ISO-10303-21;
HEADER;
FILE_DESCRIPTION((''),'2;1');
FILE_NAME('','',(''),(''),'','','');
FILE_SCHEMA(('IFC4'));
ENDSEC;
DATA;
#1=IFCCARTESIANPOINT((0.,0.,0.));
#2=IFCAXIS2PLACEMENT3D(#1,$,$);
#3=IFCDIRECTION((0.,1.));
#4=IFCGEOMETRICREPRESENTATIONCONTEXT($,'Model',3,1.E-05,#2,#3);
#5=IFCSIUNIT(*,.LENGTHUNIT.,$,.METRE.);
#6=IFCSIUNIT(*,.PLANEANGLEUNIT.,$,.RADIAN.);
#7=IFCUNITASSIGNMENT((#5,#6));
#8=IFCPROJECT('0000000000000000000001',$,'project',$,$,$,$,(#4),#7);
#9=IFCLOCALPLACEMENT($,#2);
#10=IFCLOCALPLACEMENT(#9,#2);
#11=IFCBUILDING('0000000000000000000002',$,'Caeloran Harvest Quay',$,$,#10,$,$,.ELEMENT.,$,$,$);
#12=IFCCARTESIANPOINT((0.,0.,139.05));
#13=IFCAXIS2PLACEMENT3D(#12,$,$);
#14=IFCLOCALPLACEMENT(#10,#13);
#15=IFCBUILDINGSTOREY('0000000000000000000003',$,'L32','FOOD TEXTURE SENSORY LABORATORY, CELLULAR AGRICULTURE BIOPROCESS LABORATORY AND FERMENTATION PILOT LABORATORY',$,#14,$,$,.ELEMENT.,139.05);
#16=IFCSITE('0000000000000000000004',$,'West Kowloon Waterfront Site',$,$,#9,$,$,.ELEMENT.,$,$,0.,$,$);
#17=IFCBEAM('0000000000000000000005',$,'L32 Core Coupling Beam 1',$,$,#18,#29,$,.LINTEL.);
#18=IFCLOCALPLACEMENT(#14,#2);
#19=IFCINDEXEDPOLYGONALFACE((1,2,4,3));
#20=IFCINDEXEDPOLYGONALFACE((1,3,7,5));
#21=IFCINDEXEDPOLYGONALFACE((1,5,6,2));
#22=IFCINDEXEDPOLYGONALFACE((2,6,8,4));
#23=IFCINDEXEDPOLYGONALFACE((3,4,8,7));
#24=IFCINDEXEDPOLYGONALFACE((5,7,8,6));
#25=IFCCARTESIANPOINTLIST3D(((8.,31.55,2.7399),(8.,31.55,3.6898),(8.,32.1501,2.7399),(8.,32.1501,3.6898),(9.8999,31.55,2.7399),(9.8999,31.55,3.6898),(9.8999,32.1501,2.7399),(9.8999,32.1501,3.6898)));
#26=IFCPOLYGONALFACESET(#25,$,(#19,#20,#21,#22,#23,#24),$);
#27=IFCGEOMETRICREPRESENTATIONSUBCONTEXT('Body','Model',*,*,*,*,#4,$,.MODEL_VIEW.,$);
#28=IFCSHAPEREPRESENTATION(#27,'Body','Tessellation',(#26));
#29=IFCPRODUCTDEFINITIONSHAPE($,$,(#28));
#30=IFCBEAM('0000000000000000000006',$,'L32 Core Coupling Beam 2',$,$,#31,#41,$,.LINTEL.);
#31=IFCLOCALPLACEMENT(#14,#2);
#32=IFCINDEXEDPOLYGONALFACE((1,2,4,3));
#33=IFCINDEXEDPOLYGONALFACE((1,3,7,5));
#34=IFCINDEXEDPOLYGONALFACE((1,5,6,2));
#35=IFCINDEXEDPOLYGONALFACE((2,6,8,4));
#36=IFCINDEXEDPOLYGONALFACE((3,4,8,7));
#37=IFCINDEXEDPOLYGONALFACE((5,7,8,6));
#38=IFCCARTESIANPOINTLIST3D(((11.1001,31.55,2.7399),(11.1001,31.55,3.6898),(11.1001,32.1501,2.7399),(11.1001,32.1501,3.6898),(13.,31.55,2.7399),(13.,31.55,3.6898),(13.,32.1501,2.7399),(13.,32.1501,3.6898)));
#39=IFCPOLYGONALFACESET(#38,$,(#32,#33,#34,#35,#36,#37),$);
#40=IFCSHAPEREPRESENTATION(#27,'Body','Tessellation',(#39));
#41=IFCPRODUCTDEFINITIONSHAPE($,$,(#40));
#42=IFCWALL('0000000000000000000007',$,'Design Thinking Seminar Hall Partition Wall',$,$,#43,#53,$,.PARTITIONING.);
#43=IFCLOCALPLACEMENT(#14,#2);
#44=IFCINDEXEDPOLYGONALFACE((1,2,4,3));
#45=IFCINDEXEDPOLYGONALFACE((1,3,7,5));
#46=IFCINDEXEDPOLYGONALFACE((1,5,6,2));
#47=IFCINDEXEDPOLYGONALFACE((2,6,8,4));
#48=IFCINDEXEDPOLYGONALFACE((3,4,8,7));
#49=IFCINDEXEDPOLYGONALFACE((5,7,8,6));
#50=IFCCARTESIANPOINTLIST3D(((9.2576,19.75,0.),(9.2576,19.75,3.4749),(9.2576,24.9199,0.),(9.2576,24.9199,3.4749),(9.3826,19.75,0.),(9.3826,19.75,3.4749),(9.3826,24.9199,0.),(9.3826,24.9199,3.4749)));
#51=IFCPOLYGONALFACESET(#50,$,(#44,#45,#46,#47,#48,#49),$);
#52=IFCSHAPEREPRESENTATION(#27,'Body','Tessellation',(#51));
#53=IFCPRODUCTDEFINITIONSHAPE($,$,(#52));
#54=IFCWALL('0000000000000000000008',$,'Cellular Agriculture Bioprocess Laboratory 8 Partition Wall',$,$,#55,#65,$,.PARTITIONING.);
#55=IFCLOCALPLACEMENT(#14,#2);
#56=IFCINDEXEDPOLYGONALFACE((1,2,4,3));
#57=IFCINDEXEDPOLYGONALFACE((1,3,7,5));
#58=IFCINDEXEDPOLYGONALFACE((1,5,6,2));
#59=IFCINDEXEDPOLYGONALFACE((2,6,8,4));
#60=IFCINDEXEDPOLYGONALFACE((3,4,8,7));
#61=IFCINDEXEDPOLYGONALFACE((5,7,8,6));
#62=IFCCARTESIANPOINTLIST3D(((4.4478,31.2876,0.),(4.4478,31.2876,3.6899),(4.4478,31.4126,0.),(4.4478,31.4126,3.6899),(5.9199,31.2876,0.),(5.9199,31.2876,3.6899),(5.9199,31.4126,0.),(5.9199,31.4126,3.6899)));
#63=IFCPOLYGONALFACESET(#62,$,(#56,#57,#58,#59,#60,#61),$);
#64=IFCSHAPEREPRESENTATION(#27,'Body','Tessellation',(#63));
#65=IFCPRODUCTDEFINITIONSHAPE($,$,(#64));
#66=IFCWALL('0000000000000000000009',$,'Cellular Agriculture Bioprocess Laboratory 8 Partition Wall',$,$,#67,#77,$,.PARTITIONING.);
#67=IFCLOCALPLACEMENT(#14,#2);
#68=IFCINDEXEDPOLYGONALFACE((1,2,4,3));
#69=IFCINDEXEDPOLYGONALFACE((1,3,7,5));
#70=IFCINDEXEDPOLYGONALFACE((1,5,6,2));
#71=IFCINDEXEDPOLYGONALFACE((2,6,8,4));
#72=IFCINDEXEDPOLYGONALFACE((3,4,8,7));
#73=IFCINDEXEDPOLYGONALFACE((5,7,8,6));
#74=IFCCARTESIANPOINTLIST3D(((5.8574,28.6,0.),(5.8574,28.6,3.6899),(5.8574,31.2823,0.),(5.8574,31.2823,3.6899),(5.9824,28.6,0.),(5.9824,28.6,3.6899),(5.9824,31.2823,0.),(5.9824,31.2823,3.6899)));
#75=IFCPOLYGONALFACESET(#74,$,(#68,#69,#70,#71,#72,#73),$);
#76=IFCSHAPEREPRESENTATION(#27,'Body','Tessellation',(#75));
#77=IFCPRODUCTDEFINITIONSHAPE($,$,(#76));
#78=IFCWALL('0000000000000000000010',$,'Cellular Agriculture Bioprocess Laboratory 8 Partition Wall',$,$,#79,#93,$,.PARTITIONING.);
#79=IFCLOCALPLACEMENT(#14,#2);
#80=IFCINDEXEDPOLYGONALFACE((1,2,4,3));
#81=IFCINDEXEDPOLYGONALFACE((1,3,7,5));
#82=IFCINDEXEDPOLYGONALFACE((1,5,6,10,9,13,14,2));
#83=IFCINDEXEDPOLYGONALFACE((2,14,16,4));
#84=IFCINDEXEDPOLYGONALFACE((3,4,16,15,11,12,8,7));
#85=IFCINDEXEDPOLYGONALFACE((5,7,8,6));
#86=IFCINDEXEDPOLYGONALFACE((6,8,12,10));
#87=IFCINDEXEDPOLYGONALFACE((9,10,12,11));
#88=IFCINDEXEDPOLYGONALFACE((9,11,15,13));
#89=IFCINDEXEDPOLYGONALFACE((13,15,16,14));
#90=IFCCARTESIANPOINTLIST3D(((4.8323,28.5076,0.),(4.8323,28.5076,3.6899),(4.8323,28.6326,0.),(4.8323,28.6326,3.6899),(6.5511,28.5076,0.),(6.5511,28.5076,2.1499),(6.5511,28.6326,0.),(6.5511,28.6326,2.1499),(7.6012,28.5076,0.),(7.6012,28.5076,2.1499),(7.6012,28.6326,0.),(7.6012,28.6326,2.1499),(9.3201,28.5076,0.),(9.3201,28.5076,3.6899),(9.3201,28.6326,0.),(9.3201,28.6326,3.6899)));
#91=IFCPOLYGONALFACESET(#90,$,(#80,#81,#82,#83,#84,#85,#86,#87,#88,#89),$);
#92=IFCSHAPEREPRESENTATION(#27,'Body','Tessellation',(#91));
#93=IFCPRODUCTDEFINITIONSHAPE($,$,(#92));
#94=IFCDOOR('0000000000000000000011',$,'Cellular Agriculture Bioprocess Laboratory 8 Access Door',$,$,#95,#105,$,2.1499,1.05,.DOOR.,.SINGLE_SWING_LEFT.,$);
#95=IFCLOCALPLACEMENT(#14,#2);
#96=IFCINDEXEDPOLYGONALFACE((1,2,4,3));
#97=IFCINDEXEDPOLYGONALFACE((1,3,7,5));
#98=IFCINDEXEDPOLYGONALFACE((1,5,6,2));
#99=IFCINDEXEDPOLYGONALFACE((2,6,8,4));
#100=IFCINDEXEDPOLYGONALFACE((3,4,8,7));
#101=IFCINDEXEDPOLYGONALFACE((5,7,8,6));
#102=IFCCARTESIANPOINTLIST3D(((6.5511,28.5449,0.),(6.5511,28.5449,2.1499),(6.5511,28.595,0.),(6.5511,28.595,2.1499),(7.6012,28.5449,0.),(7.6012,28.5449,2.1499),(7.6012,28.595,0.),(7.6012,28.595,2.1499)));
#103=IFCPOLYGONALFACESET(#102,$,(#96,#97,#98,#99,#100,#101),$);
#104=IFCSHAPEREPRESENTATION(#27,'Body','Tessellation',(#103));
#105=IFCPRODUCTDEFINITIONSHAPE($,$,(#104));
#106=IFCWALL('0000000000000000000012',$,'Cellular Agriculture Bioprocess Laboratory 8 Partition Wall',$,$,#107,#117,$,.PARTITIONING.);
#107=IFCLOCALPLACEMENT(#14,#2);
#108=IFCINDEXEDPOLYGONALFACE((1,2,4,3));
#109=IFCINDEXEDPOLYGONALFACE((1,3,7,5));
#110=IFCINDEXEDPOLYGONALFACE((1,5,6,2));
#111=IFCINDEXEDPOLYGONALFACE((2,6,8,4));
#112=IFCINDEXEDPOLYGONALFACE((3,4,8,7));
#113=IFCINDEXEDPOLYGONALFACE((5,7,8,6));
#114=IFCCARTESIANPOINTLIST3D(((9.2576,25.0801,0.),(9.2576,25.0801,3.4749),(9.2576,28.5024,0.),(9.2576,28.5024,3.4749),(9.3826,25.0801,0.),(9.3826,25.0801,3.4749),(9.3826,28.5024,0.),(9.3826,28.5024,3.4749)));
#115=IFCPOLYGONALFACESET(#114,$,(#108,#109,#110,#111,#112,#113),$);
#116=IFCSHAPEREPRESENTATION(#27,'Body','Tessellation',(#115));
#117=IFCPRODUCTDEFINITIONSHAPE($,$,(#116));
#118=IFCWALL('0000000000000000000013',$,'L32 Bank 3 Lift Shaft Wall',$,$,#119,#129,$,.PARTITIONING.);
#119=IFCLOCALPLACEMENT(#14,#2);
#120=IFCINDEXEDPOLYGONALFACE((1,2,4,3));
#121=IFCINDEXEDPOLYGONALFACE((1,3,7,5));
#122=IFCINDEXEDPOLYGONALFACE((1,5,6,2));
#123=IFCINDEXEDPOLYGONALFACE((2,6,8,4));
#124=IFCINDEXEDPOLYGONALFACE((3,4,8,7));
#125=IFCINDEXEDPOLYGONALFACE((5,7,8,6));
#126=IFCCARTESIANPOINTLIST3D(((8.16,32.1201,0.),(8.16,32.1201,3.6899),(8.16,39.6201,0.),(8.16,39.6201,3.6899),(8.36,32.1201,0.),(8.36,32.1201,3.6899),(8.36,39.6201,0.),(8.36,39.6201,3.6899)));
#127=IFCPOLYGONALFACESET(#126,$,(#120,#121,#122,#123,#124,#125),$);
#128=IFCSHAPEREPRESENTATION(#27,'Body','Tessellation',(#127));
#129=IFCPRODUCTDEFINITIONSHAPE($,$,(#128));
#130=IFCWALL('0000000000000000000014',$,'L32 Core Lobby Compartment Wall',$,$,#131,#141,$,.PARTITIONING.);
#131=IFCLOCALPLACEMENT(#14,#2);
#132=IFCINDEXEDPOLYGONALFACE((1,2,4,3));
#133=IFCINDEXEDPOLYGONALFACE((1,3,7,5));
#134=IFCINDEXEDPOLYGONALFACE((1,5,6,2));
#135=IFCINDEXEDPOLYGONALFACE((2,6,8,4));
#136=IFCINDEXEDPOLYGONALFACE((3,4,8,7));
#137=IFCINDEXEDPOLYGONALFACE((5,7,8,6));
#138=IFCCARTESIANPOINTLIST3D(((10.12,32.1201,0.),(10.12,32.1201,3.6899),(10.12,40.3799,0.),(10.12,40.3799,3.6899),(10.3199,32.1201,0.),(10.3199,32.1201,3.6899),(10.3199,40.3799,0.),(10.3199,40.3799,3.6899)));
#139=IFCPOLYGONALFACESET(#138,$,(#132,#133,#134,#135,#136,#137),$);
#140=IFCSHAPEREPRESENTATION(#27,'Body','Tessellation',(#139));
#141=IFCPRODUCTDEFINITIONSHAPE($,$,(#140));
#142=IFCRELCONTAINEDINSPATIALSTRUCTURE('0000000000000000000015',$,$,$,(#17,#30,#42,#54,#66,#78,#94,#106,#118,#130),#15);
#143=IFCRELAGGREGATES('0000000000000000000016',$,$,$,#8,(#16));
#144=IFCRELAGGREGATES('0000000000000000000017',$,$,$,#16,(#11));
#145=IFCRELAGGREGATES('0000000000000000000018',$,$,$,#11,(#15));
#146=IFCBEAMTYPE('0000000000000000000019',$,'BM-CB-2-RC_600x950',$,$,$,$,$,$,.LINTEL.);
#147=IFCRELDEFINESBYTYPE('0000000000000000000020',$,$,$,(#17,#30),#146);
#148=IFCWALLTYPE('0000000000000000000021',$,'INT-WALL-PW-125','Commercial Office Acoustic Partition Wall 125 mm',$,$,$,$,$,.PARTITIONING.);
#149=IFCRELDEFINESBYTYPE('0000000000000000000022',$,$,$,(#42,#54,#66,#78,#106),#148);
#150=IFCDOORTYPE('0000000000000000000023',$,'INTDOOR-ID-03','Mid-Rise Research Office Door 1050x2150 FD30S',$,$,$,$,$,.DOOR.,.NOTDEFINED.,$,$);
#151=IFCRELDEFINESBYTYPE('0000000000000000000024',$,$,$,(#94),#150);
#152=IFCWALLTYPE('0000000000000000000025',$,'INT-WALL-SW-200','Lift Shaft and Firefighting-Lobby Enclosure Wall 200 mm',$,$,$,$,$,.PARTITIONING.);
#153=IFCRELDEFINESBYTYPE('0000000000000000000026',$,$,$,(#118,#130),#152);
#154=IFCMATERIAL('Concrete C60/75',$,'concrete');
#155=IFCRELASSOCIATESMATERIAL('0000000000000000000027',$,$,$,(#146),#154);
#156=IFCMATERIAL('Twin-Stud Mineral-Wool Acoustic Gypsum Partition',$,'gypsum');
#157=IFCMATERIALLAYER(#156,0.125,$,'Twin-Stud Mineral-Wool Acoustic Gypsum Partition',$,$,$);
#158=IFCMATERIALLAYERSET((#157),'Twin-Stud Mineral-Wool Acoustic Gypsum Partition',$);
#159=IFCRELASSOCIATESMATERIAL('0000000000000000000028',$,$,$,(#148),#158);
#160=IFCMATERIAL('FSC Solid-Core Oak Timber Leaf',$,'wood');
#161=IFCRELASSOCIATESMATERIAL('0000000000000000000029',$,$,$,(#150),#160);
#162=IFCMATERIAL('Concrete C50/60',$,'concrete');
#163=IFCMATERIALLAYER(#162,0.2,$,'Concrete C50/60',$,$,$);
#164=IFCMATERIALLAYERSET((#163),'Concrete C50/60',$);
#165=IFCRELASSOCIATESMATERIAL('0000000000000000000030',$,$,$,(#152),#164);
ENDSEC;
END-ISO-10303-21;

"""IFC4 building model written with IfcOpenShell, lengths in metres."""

from ifc_helpers import new_model, si_unit, direction, frame, frame_2d, origin, origin_2d, place, context, subcontext, project, spatial, rectangle, extrude, material, layer, layer_set, material_profile, profile_set, type_object, element, fill, save


model = new_model("IFC4")

# Units and contexts
model_context = context("Model", 3, precision=1e-05, world=origin(), true_north=direction((0.0, 1.0)))
body_context = subcontext(model_context, "Body", "Model", "MODEL_VIEW")
ifc_project = project(units=[si_unit("LENGTHUNIT", "METRE"), si_unit("PLANEANGLEUNIT", "RADIAN")], contexts=[model_context])

# Site, building, storey
site_placement = place(None, origin())
site = spatial("IfcSite", under=ifc_project, at=site_placement, Name="West Kowloon Waterfront Site", CompositionType="ELEMENT", RefElevation=0.0)
building_placement = place(site_placement, origin())
building = spatial("IfcBuilding", under=site, at=building_placement, Name="Caeloran Harvest Quay", CompositionType="ELEMENT")
storey_placement = place(building_placement, frame((0.0, 0.0, 139.05)))
storey = spatial("IfcBuildingStorey", under=building, at=storey_placement, Name="L32", Description="FOOD TEXTURE SENSORY LABORATORY, CELLULAR AGRICULTURE BIOPROCESS LABORATORY AND FERMENTATION PILOT LABORATORY", CompositionType="ELEMENT", Elevation=139.05)

# Beams
ifc_material_1 = material(Name="Concrete C60/75", Category="concrete")
ifc_material_profile = material_profile(ifc_material_1, rectangle(XDim=0.6001, YDim=0.95, at=origin_2d()), Name="RC 600x950")
ifc_profile_set = profile_set([ifc_material_profile], Name="Concrete C60/75")
beam_type = type_object("IfcBeamType", Name="BM-CB-2-RC_600x950", PredefinedType="LINTEL", material=ifc_profile_set)
for number, where, z_axis, x_axis, name in (
    (1, (8.0, 31.8501, 3.2148), (1.0, 0.0, 0.0), (0.0, 1.0, 0.0), "L32 Core Coupling Beam 1"),
    (2, (11.1001, 31.8501, 3.2148), (1.0, 0.0, 0.0), (0.0, 1.0, 0.0), "L32 Core Coupling Beam 2"),
):
    element("IfcBeam", number, at=place(storey_placement, frame(where, z_axis=z_axis, x_axis=x_axis)), inside=storey, type_object=beam_type, Name=name, PredefinedType="LINTEL", context=body_context, shape_type="SweptSolid", body=[
        extrude(rectangle(XDim=0.6001, YDim=0.95, at=origin_2d()), origin(), (0.0, 0.0, 1.0), 1.8999),
    ])

# Walls
ifc_material_2 = material(Name="Twin-Stud Mineral-Wool Acoustic Gypsum Partition", Category="gypsum")
ifc_layer_1 = layer(ifc_material_2, 0.125, Name="Twin-Stud Mineral-Wool Acoustic Gypsum Partition")
ifc_layer_set_1 = layer_set([ifc_layer_1], Name="Twin-Stud Mineral-Wool Acoustic Gypsum Partition")
wall_type_1 = type_object("IfcWallType", Name="INT-WALL-PW-125", Description="Commercial Office Acoustic Partition Wall 125 mm", PredefinedType="PARTITIONING", material=ifc_layer_set_1)
wall_1_placement = place(storey_placement, frame((9.3201, 24.9199, 0.0), z_axis=(0.0, 0.0, 1.0), x_axis=(0.0, -1.0, 0.0)))
element("IfcWall", 3, at=wall_1_placement, inside=storey, type_object=wall_type_1, Name="Design Thinking Seminar Hall Partition Wall", PredefinedType="PARTITIONING", context=body_context, shape_type="SweptSolid", body=[
    extrude(rectangle(XDim=5.1699, YDim=0.125, at=frame_2d((2.585, 0.0))), origin(), (0.0, 0.0, 1.0), 3.4749),
])
wall_2_placement = place(storey_placement, frame((4.4478, 31.3501, 0.0), z_axis=(0.0, 0.0, 1.0), x_axis=(1.0, 0.0, 0.0)))
element("IfcWall", 4, at=wall_2_placement, inside=storey, type_object=wall_type_1, Name="Cellular Agriculture Bioprocess Laboratory 8 Partition Wall", PredefinedType="PARTITIONING", context=body_context, shape_type="SweptSolid", body=[
    extrude(rectangle(XDim=1.4722, YDim=0.125, at=frame_2d((0.7361, 0.0))), origin(), (0.0, 0.0, 1.0), 3.6899),
])
wall_3_placement = place(storey_placement, frame((5.9199, 31.2825, 0.0), z_axis=(0.0, 0.0, 1.0), x_axis=(0.0, -1.0, 0.0)))
element("IfcWall", 5, at=wall_3_placement, inside=storey, type_object=wall_type_1, Name="Cellular Agriculture Bioprocess Laboratory 8 Partition Wall", PredefinedType="PARTITIONING", context=body_context, shape_type="SweptSolid", body=[
    extrude(rectangle(XDim=2.6824, YDim=0.125, at=frame_2d((1.3413, 0.0))), origin(), (0.0, 0.0, 1.0), 3.6899),
])

# Wall, opening, door
wall_4_placement = place(storey_placement, frame((4.8323, 28.5701, 0.0), z_axis=(0.0, 0.0, 1.0), x_axis=(1.0, 0.0, 0.0)))
wall_4 = element("IfcWall", 6, at=wall_4_placement, inside=storey, type_object=wall_type_1, Name="Cellular Agriculture Bioprocess Laboratory 8 Partition Wall", PredefinedType="PARTITIONING", context=body_context, shape_type="SweptSolid", body=[
    extrude(rectangle(XDim=4.4878, YDim=0.125, at=frame_2d((2.2439, 0.0))), origin(), (0.0, 0.0, 1.0), 3.6899),
])
opening_1_placement = place(wall_4_placement, frame((1.719, 0.0, 0.0)))
opening_1 = element("IfcOpeningElement", 7, at=opening_1_placement, cuts=wall_4, PredefinedType="OPENING", context=body_context, shape_type="SweptSolid", body=[
    extrude(rectangle(XDim=1.05, YDim=2.1499, at=frame_2d((0.5249, 1.075))), frame((0.0, 0.0725, 0.0), z_axis=(0.0, -1.0, 0.0), x_axis=(1.0, 0.0, 0.0)), (0.0, 0.0, 1.0), 0.145),
])
ifc_material_3 = material(Name="FSC Solid-Core Oak Timber Leaf", Category="wood")
door_type_1 = type_object("IfcDoorType", Name="INTDOOR-ID-03", Description="Mid-Rise Research Office Door 1050x2150 FD30S", OperationType="NOTDEFINED", PredefinedType="DOOR", material=ifc_material_3)
door_1_placement = place(opening_1_placement, origin())
door_1 = element("IfcDoor", 8, at=door_1_placement, inside=storey, type_object=door_type_1, Name="Cellular Agriculture Bioprocess Laboratory 8 Access Door", OperationType="SINGLE_SWING_LEFT", OverallHeight=2.1499, OverallWidth=1.05, PredefinedType="DOOR", context=body_context, shape_type="SweptSolid", body=[
    extrude(rectangle(XDim=1.05, YDim=2.1499, at=frame_2d((0.5249, 1.075))), frame((0.0, 0.0249, 0.0), z_axis=(0.0, -1.0, 0.0), x_axis=(1.0, 0.0, 0.0)), (0.0, 0.0, 1.0), 0.05),
])
fill(opening_1, door_1)

# Walls
wall_5_placement = place(storey_placement, frame((9.3201, 28.5024, 0.0), z_axis=(0.0, 0.0, 1.0), x_axis=(0.0, -1.0, 0.0)))
element("IfcWall", 9, at=wall_5_placement, inside=storey, type_object=wall_type_1, Name="Cellular Agriculture Bioprocess Laboratory 8 Partition Wall", PredefinedType="PARTITIONING", context=body_context, shape_type="SweptSolid", body=[
    extrude(rectangle(XDim=3.4224, YDim=0.125, at=frame_2d((1.7112, 0.0))), origin(), (0.0, 0.0, 1.0), 3.4749),
])
ifc_material_4 = material(Name="Concrete C50/60", Category="concrete")
ifc_layer_2 = layer(ifc_material_4, 0.2, Name="Concrete C50/60")
ifc_layer_set_2 = layer_set([ifc_layer_2], Name="Concrete C50/60")
wall_type_2 = type_object("IfcWallType", Name="INT-WALL-SW-200", Description="Lift Shaft and Firefighting-Lobby Enclosure Wall 200 mm", PredefinedType="PARTITIONING", material=ifc_layer_set_2)
wall_6_placement = place(storey_placement, frame((8.26, 32.1201, 0.0), z_axis=(0.0, 0.0, 1.0), x_axis=(0.0, 1.0, 0.0)))
element("IfcWall", 10, at=wall_6_placement, inside=storey, type_object=wall_type_2, Name="L32 Bank 3 Lift Shaft Wall", PredefinedType="PARTITIONING", context=body_context, shape_type="SweptSolid", body=[
    extrude(rectangle(XDim=7.5, YDim=0.2, at=frame_2d((3.75, 0.0))), origin(), (0.0, 0.0, 1.0), 3.6899),
])
wall_7_placement = place(storey_placement, frame((10.22, 32.1201, 0.0), z_axis=(0.0, 0.0, 1.0), x_axis=(0.0, 1.0, 0.0)))
element("IfcWall", 11, at=wall_7_placement, inside=storey, type_object=wall_type_2, Name="L32 Core Lobby Compartment Wall", PredefinedType="PARTITIONING", context=body_context, shape_type="SweptSolid", body=[
    extrude(rectangle(XDim=8.2598, YDim=0.2, at=frame_2d((4.1299, 0.0))), origin(), (0.0, 0.0, 1.0), 3.6899),
])

save(model, "model.ifc")
